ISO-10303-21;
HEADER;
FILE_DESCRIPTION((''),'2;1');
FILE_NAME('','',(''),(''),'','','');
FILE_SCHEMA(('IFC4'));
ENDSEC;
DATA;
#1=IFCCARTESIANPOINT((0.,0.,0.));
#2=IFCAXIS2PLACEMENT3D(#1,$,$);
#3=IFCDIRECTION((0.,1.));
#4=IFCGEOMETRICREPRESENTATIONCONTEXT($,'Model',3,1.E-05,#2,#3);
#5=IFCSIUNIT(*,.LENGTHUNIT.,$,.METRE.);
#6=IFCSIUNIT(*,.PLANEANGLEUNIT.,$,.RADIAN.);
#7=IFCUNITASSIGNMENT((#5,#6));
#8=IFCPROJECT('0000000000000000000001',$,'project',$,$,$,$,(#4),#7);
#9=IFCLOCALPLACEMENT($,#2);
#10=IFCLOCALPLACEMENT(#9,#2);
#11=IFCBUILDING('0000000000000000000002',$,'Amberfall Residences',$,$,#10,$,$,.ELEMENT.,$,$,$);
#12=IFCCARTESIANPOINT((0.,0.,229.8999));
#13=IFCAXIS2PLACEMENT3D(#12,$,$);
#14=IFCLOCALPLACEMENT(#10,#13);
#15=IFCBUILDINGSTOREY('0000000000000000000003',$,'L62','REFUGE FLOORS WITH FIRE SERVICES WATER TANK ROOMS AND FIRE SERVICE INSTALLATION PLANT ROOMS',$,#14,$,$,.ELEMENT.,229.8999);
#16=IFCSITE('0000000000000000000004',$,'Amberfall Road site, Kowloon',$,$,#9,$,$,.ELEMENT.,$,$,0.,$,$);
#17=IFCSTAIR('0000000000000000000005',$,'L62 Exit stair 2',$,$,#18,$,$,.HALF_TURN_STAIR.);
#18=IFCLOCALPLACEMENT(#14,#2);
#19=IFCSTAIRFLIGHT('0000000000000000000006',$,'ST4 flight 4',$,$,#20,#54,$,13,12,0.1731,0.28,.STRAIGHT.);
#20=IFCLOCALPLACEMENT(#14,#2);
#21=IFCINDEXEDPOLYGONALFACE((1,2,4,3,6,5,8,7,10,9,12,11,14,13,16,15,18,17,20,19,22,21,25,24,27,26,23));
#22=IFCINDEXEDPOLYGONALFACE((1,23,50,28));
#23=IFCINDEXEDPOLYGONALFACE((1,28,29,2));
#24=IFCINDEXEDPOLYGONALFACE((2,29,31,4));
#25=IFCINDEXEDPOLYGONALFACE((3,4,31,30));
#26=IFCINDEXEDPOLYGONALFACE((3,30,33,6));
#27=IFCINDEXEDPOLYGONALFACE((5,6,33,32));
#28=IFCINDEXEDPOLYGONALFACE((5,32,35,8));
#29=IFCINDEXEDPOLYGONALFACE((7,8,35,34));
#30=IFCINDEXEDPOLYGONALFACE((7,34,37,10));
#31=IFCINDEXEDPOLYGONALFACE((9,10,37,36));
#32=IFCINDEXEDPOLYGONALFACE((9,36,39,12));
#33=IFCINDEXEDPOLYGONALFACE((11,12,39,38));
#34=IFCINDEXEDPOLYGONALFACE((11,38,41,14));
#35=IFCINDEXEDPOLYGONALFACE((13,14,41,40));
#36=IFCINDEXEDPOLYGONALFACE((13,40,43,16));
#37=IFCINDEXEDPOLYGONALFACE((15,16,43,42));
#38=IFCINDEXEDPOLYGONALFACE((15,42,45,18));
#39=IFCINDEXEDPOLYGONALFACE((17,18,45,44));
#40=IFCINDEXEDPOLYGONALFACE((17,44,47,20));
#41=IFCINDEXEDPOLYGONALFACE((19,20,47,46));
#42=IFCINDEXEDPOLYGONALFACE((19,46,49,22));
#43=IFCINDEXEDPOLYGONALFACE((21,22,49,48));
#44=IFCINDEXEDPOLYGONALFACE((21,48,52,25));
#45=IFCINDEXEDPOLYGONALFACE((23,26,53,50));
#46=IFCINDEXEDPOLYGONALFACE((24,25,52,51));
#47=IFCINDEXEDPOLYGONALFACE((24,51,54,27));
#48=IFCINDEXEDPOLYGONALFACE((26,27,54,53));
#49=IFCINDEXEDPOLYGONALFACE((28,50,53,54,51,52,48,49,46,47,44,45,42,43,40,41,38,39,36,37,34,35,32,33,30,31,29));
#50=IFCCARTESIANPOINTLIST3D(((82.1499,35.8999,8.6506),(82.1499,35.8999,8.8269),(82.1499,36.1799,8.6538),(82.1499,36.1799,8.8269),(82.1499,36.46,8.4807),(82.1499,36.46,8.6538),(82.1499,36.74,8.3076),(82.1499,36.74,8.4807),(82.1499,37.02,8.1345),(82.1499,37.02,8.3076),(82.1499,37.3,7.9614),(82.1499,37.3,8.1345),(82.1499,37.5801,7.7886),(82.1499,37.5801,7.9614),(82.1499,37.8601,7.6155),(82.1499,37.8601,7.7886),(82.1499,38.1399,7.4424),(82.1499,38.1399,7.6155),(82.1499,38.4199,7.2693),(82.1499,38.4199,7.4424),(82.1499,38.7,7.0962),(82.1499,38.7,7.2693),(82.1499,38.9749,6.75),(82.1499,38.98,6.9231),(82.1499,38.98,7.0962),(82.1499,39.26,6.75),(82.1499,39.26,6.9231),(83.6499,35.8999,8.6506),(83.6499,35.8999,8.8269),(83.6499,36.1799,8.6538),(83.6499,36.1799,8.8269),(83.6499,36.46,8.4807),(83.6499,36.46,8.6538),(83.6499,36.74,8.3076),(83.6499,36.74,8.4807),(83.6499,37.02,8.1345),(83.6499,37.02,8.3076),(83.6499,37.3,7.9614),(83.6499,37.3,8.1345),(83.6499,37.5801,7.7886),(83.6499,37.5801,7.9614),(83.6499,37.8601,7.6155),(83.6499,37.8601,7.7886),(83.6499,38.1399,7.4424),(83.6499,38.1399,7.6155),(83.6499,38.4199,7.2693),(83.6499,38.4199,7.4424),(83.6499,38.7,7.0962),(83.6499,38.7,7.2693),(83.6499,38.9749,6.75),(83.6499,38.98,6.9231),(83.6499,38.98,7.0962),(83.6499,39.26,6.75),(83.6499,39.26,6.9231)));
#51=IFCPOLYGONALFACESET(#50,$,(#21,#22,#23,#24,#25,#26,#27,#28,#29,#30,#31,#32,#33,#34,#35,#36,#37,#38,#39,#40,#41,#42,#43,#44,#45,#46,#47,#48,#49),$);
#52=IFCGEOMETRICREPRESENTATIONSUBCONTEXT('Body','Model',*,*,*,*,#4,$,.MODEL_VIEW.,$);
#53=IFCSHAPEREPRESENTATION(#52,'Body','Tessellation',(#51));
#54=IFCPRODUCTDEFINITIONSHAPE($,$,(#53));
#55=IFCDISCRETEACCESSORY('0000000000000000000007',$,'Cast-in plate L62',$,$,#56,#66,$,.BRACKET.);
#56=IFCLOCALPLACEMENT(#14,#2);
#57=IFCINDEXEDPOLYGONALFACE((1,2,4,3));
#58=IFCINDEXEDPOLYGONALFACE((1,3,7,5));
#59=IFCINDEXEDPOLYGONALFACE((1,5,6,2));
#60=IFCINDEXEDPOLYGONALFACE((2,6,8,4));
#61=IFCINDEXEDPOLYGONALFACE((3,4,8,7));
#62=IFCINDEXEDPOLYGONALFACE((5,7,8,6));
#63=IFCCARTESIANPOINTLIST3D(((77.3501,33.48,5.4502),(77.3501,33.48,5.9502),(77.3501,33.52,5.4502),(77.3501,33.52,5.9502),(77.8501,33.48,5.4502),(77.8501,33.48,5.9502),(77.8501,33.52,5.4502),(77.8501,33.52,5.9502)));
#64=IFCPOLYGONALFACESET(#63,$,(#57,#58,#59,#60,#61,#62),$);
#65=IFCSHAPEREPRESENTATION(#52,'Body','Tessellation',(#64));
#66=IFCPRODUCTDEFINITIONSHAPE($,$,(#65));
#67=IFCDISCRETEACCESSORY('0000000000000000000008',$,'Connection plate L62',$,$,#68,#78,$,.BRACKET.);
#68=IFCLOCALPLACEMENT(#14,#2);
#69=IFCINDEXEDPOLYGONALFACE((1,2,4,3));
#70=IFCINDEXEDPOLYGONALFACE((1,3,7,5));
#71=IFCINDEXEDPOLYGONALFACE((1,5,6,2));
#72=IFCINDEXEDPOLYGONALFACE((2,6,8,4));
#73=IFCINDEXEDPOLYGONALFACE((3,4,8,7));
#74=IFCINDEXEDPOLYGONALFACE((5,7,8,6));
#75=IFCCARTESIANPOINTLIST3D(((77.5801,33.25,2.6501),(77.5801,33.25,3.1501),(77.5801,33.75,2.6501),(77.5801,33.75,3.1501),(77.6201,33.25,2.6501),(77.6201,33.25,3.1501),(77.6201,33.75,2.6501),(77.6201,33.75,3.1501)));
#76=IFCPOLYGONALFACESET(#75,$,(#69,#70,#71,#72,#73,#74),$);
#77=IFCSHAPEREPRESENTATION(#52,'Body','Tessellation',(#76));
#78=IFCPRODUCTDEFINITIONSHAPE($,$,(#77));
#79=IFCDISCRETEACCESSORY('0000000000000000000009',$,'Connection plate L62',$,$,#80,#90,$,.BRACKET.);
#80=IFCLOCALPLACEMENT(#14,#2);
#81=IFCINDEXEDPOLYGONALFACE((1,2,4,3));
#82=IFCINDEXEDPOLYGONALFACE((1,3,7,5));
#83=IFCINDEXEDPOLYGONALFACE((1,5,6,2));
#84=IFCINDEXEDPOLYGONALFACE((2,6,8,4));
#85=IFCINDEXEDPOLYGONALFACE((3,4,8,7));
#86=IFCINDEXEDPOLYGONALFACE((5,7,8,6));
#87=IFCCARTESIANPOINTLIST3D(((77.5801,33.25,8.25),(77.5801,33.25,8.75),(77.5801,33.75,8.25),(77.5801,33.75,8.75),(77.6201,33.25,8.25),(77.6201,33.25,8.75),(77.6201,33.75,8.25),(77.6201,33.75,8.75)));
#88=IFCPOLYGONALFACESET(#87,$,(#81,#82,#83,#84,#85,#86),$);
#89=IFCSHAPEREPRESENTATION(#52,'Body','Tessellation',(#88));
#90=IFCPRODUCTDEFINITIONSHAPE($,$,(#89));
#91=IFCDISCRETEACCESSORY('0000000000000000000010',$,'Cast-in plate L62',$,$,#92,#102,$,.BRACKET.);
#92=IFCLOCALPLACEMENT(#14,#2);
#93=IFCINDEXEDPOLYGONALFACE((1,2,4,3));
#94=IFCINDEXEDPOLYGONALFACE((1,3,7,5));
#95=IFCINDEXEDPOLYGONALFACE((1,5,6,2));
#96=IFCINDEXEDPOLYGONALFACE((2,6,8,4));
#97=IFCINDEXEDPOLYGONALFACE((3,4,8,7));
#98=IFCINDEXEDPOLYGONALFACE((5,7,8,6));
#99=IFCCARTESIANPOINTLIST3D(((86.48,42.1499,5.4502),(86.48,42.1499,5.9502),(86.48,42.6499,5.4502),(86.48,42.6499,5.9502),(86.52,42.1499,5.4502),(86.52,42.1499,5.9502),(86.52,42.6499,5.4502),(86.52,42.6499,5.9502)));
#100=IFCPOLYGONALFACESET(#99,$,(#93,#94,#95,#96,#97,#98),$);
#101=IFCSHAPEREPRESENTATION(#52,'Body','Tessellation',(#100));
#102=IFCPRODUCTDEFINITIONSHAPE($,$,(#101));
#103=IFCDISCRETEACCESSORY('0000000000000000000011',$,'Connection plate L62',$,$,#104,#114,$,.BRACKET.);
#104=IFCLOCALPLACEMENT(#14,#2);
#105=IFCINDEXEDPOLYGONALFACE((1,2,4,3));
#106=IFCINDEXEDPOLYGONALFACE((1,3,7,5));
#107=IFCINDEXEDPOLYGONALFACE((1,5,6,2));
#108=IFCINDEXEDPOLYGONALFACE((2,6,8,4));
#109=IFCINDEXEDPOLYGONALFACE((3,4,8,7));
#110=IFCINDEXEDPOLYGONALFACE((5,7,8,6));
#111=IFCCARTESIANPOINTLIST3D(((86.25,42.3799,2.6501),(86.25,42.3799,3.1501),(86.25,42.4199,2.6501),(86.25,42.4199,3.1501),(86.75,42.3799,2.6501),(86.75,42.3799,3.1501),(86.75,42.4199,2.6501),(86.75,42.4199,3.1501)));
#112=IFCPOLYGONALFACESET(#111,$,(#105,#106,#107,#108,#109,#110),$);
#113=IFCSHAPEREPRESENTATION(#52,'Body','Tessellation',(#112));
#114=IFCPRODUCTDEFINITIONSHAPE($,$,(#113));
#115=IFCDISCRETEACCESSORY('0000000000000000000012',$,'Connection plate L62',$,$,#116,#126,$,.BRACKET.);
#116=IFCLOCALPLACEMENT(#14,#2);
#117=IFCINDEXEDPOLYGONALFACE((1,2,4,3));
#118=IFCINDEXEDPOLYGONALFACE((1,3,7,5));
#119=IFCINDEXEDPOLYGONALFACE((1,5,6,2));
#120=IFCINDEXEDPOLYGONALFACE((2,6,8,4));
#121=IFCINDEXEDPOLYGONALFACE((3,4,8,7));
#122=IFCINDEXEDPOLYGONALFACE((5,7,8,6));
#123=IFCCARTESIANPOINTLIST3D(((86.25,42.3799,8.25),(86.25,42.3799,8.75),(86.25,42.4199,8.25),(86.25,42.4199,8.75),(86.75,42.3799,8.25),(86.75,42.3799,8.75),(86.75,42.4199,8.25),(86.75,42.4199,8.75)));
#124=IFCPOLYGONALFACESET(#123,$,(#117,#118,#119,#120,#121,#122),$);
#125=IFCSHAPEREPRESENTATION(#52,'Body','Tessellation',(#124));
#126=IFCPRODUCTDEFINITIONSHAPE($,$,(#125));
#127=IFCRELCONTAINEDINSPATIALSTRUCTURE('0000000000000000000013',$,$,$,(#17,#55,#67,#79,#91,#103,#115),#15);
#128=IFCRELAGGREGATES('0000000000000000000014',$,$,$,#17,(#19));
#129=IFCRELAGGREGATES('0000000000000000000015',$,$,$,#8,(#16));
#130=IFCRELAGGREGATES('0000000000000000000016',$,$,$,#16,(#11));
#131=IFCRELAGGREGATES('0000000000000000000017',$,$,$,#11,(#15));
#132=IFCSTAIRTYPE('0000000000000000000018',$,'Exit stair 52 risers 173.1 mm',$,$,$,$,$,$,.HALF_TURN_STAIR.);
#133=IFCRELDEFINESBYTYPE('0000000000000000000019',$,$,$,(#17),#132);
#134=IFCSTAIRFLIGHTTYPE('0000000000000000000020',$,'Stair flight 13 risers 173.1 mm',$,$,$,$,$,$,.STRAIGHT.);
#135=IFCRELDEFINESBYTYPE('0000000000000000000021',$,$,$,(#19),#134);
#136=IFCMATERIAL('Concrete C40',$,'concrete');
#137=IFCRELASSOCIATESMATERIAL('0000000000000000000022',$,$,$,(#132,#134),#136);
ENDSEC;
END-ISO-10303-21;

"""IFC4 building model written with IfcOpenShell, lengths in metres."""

from ifc_helpers import new_model, si_unit, direction, frame, origin, origin_2d, place, context, subcontext, project, spatial, polyline, rectangle, outline, extrude, material, type_object, element, aggregate, save


model = new_model("IFC4")

# Units and contexts
model_context = context("Model", 3, precision=1e-05, world=origin(), true_north=direction((0.0, 1.0)))
body_context = subcontext(model_context, "Body", "Model", "MODEL_VIEW")
ifc_project = project(units=[si_unit("LENGTHUNIT", "METRE"), si_unit("PLANEANGLEUNIT", "RADIAN")], contexts=[model_context])

# Site, building, storey
site_placement = place(None, origin())
site = spatial("IfcSite", under=ifc_project, at=site_placement, Name="Amberfall Road site, Kowloon", CompositionType="ELEMENT", RefElevation=0.0)
building_placement = place(site_placement, origin())
building = spatial("IfcBuilding", under=site, at=building_placement, Name="Amberfall Residences", CompositionType="ELEMENT")
storey_placement = place(building_placement, frame((0.0, 0.0, 229.8999)))
storey = spatial("IfcBuildingStorey", under=building, at=storey_placement, Name="L62", Description="REFUGE FLOORS WITH FIRE SERVICES WATER TANK ROOMS AND FIRE SERVICE INSTALLATION PLANT ROOMS", CompositionType="ELEMENT", Elevation=229.8999)

# Shared definitions
ifc_material_1 = material(Name="Concrete C40", Category="concrete")

# Stair, stair flight
stair_type = type_object("IfcStairType", Name="Exit stair 52 risers 173.1 mm", PredefinedType="HALF_TURN_STAIR", material=ifc_material_1)
stair_placement = place(storey_placement, origin())
stair = element("IfcStair", 1, at=stair_placement, inside=storey, type_object=stair_type, Name="L62 Exit stair 2", PredefinedType="HALF_TURN_STAIR")
stair_flight_type = type_object("IfcStairFlightType", Name="Stair flight 13 risers 173.1 mm", PredefinedType="STRAIGHT", material=ifc_material_1)
stair_flight_1_placement = place(storey_placement, frame((82.8999, 39.26, 6.75), z_axis=(0.0, 0.0, 1.0), x_axis=(0.0, -1.0, 0.0)))
stair_flight_1 = element("IfcStairFlight", 2, at=stair_flight_1_placement, type_object=stair_flight_type, Name="ST4 flight 4", NumberOfRisers=13, NumberOfTreads=12, PredefinedType="STRAIGHT", RiserHeight=0.1731, TreadLength=0.28, context=body_context, shape_type="SweptSolid", body=[
    extrude(outline(polyline([(0.0, 0.0), (0.0, 0.1731), (0.28, 0.1731), (0.28, 0.3462), (0.5601, 0.3462), (0.5601, 0.5193), (0.8401, 0.5193), (0.8401, 0.6924), (1.1201, 0.6924), (1.1201, 0.8655), (1.3999, 0.8655), (1.3999, 1.0386), (1.6799, 1.0386), (1.6799, 1.2114), (1.96, 1.2114), (1.96, 1.3845), (2.24, 1.3845), (2.24, 1.5576), (2.52, 1.5576), (2.52, 1.7307), (2.8, 1.7307), (2.8, 1.9038), (3.0801, 1.9038), (3.0801, 2.0769), (3.3601, 2.0769), (3.3601, 2.25), (3.3601, 1.9006), (0.2852, 0.0), (0.0, 0.0)])), frame((0.0, 0.75, 0.0), z_axis=(0.0, -1.0, 0.0), x_axis=(1.0, 0.0, 0.0)), (0.0, 0.0, 1.0), 1.5),
])
aggregate(stair, [stair_flight_1])

# Discrete accessories
discrete_accessory_1_placement = place(storey_placement, frame((77.6001, 33.5, 5.4502), z_axis=(0.0, 0.0, 1.0), x_axis=(0.0, 1.0, 0.0)))
element("IfcDiscreteAccessory", 3, at=discrete_accessory_1_placement, inside=storey, Name="Cast-in plate L62", PredefinedType="BRACKET", context=body_context, shape_type="SweptSolid", body=[
    extrude(rectangle(XDim=0.04, YDim=0.5, at=origin_2d()), origin(), (0.0, 0.0, 1.0), 0.5),
])
for number, where, z_axis, x_axis, name in (
    (4, (77.6001, 33.5, 2.6501), (0.0, 0.0, 1.0), (0.0, 1.0, 0.0), "Connection plate L62"),
    (5, (77.6001, 33.5, 8.25), (0.0, 0.0, 1.0), (0.0, 1.0, 0.0), "Connection plate L62"),
):
    element("IfcDiscreteAccessory", number, at=place(storey_placement, frame(where, z_axis=z_axis, x_axis=x_axis)), inside=storey, Name=name, PredefinedType="BRACKET", context=body_context, shape_type="SweptSolid", body=[
        extrude(rectangle(XDim=0.5, YDim=0.04, at=origin_2d()), origin(), (0.0, 0.0, 1.0), 0.5),
    ])
discrete_accessory_2_placement = place(storey_placement, frame((86.5, 42.3999, 5.4502), z_axis=(0.0, 0.0, 1.0), x_axis=(1.0, 0.0, 0.0)))
element("IfcDiscreteAccessory", 6, at=discrete_accessory_2_placement, inside=storey, Name="Cast-in plate L62", PredefinedType="BRACKET", context=body_context, shape_type="SweptSolid", body=[
    extrude(rectangle(XDim=0.04, YDim=0.5, at=origin_2d()), origin(), (0.0, 0.0, 1.0), 0.5),
])
for number, where, z_axis, x_axis, name in (
    (7, (86.5, 42.3999, 2.6501), (0.0, 0.0, 1.0), (1.0, 0.0, 0.0), "Connection plate L62"),
    (8, (86.5, 42.3999, 8.25), (0.0, 0.0, 1.0), (1.0, 0.0, 0.0), "Connection plate L62"),
):
    element("IfcDiscreteAccessory", number, at=place(storey_placement, frame(where, z_axis=z_axis, x_axis=x_axis)), inside=storey, Name=name, PredefinedType="BRACKET", context=body_context, shape_type="SweptSolid", body=[
        extrude(rectangle(XDim=0.5, YDim=0.04, at=origin_2d()), origin(), (0.0, 0.0, 1.0), 0.5),
    ])

save(model, "model.ifc")
